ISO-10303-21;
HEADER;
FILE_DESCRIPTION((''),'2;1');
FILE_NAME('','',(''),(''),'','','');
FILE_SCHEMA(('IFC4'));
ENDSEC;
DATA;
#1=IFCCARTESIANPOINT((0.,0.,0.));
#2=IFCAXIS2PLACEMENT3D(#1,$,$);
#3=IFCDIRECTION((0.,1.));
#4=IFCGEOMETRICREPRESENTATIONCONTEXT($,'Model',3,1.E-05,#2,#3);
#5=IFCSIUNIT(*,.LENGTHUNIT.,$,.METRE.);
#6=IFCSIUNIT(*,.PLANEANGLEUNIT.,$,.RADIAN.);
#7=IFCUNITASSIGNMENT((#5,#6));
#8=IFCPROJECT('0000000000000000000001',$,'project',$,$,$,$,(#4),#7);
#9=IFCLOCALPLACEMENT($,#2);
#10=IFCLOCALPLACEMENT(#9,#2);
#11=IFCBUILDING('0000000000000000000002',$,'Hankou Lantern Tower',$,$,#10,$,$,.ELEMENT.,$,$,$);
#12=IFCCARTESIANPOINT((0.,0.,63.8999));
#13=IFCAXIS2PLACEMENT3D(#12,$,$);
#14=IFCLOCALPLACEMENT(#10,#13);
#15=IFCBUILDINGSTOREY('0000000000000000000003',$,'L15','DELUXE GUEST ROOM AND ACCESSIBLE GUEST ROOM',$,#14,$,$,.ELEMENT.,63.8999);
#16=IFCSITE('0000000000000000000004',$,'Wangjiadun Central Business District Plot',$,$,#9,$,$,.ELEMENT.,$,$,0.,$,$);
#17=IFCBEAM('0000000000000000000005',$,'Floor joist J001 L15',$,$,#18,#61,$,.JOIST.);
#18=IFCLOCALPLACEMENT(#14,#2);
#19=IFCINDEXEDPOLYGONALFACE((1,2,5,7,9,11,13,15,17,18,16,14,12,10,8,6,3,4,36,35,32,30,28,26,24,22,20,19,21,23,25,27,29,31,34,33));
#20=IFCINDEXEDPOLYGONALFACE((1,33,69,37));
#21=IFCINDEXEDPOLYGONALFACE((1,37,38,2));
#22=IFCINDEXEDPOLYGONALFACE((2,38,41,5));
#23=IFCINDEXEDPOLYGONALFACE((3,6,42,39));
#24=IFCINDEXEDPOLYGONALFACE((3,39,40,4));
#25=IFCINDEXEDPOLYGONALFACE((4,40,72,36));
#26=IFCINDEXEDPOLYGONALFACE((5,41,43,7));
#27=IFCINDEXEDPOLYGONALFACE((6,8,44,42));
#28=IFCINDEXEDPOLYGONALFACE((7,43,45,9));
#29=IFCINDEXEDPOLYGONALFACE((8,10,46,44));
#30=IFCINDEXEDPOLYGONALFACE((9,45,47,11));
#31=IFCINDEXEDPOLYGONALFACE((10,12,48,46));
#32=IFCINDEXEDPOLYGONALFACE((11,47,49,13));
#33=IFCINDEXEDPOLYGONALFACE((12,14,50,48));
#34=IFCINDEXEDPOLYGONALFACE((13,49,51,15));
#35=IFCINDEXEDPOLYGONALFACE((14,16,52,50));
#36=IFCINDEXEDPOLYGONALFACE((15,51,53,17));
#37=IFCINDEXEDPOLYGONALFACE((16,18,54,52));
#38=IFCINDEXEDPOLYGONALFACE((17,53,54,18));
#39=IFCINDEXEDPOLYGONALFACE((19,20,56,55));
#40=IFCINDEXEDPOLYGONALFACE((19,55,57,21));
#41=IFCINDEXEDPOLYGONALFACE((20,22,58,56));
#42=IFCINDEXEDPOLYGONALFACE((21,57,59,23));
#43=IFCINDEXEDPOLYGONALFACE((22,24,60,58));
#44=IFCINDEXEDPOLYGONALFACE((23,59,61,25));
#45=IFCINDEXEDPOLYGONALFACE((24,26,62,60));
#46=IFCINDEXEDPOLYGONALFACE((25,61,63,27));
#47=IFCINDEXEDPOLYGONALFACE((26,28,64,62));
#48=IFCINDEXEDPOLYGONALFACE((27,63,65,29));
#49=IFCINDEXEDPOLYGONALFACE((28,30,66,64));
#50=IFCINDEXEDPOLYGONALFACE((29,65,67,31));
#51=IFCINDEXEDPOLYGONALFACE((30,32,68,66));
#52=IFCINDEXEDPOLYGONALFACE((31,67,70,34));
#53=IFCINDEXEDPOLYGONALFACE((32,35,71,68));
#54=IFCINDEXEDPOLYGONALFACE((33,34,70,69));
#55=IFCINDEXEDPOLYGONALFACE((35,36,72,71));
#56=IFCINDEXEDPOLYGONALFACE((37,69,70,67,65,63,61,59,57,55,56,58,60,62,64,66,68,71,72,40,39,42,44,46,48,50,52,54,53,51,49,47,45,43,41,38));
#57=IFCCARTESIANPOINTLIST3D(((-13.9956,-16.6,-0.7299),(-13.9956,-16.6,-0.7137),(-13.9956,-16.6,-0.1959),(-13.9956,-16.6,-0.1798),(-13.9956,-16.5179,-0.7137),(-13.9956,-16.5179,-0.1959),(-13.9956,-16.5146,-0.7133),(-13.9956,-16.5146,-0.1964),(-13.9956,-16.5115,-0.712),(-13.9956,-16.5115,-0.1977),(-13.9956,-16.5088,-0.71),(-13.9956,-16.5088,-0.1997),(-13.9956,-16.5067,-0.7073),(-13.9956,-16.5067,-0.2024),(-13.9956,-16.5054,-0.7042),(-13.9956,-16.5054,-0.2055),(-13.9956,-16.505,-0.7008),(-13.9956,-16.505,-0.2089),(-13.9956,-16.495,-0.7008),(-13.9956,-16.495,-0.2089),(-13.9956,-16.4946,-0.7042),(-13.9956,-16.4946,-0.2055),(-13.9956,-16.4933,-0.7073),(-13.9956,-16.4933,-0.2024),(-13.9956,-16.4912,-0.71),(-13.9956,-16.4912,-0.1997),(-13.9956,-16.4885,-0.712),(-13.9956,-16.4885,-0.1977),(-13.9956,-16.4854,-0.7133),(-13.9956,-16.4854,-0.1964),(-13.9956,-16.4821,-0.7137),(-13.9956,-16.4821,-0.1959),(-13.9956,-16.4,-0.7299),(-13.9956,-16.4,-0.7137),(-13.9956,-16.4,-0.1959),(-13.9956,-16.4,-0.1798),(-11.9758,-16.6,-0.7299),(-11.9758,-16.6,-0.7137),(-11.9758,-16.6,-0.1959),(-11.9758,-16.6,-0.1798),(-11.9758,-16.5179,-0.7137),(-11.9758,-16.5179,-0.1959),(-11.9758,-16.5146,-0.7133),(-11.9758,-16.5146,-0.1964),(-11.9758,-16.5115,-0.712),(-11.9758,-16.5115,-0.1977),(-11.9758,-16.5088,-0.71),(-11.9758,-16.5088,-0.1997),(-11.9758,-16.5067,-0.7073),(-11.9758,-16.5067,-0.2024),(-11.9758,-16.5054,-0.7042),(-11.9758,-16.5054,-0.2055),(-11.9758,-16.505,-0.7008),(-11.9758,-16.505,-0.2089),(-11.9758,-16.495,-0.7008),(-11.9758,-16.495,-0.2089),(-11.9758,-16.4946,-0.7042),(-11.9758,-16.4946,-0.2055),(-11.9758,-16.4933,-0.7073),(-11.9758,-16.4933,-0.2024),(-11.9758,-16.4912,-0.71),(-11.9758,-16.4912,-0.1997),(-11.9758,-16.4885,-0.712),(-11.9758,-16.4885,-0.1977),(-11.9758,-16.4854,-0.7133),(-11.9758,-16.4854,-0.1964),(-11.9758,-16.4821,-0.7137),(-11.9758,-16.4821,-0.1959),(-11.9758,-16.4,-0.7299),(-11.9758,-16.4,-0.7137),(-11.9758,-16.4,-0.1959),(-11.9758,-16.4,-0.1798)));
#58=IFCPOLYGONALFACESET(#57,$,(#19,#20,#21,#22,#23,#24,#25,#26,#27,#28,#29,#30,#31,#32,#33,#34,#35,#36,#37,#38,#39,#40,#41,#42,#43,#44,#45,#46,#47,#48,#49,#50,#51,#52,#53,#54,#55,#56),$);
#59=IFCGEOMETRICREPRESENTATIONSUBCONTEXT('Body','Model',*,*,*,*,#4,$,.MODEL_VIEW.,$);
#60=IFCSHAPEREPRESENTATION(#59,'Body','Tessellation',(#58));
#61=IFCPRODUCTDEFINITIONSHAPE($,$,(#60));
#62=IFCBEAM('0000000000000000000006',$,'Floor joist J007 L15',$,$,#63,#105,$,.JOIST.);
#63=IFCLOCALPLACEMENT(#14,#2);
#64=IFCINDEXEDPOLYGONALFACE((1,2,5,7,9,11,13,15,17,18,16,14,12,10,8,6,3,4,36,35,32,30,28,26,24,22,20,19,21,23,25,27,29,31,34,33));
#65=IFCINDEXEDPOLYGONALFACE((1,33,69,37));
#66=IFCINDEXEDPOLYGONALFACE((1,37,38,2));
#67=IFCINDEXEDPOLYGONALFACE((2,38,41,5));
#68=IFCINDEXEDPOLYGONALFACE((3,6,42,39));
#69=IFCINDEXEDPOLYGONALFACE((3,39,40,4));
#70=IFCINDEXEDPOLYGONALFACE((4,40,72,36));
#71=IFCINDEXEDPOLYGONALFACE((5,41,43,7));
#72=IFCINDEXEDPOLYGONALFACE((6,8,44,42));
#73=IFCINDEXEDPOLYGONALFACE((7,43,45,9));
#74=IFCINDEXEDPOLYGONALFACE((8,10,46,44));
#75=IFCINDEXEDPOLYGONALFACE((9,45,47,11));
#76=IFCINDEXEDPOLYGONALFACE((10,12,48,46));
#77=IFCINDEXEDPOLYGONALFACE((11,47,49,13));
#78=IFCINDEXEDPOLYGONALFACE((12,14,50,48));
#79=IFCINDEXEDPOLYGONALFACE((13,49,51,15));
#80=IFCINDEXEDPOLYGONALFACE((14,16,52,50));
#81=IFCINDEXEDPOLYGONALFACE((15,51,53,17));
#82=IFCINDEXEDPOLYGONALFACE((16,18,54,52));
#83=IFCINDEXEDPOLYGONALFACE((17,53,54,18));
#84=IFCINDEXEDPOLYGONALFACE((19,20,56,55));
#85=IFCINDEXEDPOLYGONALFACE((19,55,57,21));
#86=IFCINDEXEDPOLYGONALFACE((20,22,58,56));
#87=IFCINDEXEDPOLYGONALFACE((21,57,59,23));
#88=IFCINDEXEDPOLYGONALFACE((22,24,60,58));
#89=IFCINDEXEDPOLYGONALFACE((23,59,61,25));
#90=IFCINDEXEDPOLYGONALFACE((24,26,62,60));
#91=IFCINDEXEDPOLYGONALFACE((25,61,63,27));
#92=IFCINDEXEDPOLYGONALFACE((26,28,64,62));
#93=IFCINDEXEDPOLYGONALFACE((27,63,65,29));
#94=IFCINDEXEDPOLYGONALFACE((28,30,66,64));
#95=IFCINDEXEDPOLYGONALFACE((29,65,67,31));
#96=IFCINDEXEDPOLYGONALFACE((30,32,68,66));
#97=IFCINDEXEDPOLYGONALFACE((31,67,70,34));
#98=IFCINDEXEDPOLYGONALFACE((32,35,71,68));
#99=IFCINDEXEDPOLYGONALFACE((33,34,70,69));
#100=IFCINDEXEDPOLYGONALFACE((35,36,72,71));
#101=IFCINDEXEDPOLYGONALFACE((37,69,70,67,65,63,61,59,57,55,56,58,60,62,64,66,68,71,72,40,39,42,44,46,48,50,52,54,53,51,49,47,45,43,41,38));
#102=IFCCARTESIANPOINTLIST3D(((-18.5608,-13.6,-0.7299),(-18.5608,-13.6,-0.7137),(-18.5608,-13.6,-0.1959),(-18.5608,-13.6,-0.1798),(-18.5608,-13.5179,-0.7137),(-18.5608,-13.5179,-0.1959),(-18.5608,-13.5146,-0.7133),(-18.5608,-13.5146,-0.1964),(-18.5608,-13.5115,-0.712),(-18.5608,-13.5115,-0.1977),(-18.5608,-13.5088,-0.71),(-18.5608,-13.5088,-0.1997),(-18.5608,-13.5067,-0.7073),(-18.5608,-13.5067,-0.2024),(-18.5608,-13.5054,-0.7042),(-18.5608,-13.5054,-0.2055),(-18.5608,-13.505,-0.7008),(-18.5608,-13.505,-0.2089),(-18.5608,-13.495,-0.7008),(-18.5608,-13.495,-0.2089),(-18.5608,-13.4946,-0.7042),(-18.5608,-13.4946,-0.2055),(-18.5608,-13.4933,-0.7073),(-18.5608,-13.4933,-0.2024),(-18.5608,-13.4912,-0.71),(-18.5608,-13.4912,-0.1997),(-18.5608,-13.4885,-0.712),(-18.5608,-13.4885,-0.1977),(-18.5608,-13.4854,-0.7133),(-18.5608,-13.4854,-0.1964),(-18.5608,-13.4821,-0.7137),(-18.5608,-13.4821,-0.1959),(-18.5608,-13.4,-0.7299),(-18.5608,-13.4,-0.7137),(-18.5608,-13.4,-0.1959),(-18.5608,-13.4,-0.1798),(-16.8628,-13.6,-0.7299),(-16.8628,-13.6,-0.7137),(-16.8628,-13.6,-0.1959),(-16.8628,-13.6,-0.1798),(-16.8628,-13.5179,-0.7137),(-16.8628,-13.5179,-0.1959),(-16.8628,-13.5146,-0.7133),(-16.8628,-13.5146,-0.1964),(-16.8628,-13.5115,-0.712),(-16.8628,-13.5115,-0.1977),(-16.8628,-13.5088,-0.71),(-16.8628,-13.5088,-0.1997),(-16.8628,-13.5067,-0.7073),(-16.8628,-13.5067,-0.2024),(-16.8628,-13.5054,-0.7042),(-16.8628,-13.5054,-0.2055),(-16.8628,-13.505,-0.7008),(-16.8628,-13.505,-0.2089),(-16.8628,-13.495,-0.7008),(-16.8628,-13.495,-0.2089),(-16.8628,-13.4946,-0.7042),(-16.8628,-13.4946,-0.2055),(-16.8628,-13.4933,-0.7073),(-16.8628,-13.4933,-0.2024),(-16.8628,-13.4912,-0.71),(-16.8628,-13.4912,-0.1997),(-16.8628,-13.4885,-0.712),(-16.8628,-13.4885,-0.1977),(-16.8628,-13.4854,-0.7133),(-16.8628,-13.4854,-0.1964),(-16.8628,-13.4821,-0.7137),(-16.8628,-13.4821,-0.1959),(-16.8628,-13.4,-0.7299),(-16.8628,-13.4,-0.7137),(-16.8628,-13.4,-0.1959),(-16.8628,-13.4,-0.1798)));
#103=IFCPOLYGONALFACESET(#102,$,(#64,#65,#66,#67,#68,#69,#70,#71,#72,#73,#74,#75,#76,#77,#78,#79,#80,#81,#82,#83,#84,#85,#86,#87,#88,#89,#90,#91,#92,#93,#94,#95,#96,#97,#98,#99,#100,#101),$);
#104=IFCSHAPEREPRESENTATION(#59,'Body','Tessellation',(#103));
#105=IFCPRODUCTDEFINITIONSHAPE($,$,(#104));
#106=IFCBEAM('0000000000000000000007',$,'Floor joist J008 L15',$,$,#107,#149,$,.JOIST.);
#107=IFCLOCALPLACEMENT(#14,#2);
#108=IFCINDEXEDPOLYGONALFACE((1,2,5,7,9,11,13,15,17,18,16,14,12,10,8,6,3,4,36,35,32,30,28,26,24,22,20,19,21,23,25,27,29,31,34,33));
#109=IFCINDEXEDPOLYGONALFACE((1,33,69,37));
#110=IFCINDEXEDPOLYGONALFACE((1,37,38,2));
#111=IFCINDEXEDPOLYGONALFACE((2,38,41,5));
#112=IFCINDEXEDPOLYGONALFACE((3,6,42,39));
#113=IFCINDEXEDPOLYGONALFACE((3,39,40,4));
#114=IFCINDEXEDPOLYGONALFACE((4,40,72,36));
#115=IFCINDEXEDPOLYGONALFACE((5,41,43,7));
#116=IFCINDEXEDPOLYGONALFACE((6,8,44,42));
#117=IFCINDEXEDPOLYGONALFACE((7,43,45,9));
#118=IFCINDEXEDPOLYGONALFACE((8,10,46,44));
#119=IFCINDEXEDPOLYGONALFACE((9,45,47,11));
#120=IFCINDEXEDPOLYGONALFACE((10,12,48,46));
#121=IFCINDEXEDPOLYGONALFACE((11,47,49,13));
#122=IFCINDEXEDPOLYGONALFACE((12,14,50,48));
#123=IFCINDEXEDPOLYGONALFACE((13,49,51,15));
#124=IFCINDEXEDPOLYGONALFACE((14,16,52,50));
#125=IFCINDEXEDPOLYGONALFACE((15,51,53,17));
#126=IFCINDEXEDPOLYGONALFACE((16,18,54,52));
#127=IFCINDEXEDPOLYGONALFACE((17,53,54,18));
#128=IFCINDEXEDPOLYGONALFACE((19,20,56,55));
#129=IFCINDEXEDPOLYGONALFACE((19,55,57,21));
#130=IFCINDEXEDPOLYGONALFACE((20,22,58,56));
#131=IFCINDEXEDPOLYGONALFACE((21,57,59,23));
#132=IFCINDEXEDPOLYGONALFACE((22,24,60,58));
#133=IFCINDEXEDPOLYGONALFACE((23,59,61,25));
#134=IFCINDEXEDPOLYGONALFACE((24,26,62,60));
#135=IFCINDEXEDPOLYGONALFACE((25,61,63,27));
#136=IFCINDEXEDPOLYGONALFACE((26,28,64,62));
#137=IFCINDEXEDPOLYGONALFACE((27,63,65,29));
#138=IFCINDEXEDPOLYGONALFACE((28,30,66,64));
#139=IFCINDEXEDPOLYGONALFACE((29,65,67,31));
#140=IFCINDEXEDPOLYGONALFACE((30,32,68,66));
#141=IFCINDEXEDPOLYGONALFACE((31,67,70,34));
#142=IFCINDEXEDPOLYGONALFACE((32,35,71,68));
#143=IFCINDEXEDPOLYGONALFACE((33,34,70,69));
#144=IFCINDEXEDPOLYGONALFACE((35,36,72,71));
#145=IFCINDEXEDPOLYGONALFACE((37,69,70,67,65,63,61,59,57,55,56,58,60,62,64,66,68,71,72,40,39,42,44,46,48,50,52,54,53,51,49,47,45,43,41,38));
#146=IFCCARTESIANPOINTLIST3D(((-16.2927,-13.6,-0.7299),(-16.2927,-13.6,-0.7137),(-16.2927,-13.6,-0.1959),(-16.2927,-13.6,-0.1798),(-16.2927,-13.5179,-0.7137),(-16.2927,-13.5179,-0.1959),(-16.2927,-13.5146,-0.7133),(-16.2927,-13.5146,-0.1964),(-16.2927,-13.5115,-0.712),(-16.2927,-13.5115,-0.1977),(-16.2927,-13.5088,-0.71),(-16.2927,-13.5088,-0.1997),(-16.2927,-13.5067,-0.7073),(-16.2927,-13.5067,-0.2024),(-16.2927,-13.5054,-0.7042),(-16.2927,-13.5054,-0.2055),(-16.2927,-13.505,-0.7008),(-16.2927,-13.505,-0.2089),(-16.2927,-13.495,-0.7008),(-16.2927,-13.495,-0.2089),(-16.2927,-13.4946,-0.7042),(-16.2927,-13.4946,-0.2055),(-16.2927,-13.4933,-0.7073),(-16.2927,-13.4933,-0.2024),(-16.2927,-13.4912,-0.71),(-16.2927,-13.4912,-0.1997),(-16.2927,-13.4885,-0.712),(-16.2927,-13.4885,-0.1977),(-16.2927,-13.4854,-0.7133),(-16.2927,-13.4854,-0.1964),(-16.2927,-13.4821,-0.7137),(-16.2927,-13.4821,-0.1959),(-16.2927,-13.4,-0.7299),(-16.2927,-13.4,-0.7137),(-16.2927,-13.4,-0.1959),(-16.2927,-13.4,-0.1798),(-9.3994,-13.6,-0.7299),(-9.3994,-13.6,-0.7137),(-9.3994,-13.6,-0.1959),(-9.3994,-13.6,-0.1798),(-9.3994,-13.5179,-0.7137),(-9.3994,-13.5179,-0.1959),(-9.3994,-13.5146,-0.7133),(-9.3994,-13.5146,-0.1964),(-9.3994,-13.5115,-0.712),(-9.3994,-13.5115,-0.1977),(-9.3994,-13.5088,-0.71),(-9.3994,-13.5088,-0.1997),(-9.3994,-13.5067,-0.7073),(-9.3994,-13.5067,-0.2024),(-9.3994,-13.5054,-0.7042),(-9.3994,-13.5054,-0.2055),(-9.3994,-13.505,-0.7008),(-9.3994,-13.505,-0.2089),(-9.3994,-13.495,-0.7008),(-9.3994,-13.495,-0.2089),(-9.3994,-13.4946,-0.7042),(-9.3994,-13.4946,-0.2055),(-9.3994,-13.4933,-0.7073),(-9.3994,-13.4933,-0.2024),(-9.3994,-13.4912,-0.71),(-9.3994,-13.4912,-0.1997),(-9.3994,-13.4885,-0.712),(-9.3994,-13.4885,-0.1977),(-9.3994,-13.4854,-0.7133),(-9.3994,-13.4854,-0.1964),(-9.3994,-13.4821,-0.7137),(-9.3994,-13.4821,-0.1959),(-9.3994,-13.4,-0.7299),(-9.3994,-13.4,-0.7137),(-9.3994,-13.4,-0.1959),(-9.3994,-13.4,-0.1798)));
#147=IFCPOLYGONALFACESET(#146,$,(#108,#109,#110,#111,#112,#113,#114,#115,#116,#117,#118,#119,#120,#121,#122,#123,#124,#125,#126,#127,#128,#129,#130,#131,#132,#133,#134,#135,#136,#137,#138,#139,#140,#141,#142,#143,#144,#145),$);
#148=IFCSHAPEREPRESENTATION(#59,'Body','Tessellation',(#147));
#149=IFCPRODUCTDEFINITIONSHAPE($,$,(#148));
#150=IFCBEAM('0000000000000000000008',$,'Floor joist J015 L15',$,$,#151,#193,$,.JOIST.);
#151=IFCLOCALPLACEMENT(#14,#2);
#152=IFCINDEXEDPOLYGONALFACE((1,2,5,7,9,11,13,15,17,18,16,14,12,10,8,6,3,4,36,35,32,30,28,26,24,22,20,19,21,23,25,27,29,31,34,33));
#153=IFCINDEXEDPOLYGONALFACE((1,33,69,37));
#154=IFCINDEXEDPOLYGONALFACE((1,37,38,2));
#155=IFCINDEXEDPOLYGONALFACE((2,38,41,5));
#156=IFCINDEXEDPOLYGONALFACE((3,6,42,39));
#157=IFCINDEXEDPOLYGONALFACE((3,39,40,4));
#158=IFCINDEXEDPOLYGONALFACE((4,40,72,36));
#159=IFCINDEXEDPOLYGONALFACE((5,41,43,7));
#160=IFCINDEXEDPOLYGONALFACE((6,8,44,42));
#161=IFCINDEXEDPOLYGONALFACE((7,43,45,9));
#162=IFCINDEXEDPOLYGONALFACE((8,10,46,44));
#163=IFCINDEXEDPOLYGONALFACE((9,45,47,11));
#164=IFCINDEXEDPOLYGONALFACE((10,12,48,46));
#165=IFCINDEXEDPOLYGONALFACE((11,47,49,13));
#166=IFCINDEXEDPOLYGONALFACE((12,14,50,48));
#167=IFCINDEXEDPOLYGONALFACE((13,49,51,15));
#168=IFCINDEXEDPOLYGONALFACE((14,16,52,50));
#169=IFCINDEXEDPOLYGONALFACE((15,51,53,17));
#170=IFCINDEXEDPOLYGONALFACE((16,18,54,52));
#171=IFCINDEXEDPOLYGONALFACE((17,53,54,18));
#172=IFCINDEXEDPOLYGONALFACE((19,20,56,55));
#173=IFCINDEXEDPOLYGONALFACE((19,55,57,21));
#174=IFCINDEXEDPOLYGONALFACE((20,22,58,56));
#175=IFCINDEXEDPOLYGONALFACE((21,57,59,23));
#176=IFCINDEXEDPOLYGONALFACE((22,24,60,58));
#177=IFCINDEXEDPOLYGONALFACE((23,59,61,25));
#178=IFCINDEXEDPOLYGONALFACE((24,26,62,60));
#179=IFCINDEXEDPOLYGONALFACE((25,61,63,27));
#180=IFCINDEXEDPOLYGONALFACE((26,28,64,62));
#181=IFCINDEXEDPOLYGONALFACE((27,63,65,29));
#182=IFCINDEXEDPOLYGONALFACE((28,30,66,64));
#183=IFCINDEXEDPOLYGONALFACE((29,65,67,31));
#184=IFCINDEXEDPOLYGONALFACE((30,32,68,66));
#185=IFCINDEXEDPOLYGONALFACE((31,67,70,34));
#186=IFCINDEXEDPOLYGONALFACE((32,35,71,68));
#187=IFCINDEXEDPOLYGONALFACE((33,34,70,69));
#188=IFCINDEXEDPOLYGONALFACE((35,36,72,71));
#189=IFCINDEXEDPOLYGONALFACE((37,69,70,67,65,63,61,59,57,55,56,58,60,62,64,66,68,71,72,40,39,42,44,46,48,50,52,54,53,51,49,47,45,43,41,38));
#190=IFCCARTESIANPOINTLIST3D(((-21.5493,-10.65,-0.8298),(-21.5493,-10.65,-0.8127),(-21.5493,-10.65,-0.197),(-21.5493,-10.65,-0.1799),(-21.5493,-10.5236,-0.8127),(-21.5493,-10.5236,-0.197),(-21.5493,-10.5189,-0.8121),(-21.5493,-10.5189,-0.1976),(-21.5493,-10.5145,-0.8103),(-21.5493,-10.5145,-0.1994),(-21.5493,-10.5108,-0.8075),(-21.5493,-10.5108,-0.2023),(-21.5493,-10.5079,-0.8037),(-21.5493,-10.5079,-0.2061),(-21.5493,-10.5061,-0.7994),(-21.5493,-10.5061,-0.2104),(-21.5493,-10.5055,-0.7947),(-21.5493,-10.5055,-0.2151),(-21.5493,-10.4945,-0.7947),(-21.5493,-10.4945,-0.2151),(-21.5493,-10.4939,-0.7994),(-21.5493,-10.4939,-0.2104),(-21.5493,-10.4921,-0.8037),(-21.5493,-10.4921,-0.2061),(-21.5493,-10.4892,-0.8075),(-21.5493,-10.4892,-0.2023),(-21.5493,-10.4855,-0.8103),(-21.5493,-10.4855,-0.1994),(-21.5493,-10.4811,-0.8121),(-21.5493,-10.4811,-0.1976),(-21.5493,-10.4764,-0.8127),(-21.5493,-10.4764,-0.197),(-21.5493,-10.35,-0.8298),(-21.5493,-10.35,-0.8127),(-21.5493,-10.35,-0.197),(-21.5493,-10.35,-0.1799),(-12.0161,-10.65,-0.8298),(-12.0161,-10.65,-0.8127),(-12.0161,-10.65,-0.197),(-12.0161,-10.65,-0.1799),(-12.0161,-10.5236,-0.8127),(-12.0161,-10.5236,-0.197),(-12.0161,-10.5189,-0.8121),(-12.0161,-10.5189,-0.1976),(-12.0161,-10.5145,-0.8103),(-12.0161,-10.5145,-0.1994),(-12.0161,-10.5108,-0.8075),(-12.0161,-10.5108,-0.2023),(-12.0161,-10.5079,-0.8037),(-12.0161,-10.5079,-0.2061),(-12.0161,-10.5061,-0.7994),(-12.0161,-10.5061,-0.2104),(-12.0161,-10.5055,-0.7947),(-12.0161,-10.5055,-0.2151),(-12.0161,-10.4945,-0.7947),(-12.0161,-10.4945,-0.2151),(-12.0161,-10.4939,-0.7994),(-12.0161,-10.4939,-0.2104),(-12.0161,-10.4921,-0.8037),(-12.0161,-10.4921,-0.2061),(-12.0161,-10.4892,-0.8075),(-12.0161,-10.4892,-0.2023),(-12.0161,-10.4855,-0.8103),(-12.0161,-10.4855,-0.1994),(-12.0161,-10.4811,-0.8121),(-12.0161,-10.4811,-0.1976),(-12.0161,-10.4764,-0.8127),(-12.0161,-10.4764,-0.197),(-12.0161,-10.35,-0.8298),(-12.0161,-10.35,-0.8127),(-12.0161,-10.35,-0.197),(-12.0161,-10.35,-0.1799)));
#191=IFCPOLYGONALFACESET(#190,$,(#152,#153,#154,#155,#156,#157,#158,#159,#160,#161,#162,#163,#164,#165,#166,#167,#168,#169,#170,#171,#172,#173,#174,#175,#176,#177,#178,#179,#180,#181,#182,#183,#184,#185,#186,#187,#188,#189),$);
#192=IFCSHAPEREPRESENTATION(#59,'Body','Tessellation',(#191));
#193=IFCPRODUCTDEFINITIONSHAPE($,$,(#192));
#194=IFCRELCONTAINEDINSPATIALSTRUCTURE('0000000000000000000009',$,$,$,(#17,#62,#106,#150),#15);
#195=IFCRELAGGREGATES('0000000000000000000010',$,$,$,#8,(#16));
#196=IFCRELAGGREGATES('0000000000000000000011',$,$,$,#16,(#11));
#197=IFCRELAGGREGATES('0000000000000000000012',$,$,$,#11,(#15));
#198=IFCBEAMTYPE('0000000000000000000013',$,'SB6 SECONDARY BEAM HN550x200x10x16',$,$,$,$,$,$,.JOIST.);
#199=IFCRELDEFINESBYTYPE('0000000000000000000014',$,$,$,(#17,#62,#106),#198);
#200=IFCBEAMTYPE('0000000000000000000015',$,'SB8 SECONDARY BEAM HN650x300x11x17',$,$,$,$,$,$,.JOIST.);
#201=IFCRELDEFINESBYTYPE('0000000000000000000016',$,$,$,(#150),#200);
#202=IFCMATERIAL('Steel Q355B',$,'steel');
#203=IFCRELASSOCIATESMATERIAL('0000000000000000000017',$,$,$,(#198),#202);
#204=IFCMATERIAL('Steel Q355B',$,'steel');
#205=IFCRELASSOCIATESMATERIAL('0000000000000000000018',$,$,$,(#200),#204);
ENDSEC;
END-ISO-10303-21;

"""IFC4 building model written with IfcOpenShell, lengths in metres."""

from ifc_helpers import new_model, si_unit, direction, frame, origin, origin_2d, place, context, subcontext, project, spatial, i_section, extrude, material, material_profile, profile_set, type_object, element, save


model = new_model("IFC4")

# Units and contexts
model_context = context("Model", 3, precision=1e-05, world=origin(), true_north=direction((0.0, 1.0)))
body_context = subcontext(model_context, "Body", "Model", "MODEL_VIEW")
ifc_project = project(units=[si_unit("LENGTHUNIT", "METRE"), si_unit("PLANEANGLEUNIT", "RADIAN")], contexts=[model_context])

# Site, building, storey
site_placement = place(None, origin())
site = spatial("IfcSite", under=ifc_project, at=site_placement, Name="Wangjiadun Central Business District Plot", CompositionType="ELEMENT", RefElevation=0.0)
building_placement = place(site_placement, origin())
building = spatial("IfcBuilding", under=site, at=building_placement, Name="Hankou Lantern Tower", CompositionType="ELEMENT")
storey_placement = place(building_placement, frame((0.0, 0.0, 63.8999)))
storey = spatial("IfcBuildingStorey", under=building, at=storey_placement, Name="L15", Description="DELUXE GUEST ROOM AND ACCESSIBLE GUEST ROOM", CompositionType="ELEMENT", Elevation=63.8999)

# Beams
ifc_material_1 = material(Name="Steel Q355B", Category="steel")
ifc_material_profile_1 = material_profile(ifc_material_1, i_section(OverallWidth=0.2, OverallDepth=0.55, WebThickness=0.01, FlangeThickness=0.0161, FilletRadius=0.0129, at=origin_2d()), Name="HN550x200x10x16")
ifc_profile_set_1 = profile_set([ifc_material_profile_1], Name="Steel Q355B")
beam_type_1 = type_object("IfcBeamType", Name="SB6 SECONDARY BEAM HN550x200x10x16", PredefinedType="JOIST", material=ifc_profile_set_1)
beam_1_placement = place(storey_placement, frame((-13.9956, -16.5, -0.4548), z_axis=(1.0, 0.0, 0.0), x_axis=(0.0, 1.0, 0.0)))
element("IfcBeam", 1, at=beam_1_placement, inside=storey, type_object=beam_type_1, Name="Floor joist J001 L15", PredefinedType="JOIST", context=body_context, shape_type="SweptSolid", body=[
    extrude(i_section(OverallWidth=0.2, OverallDepth=0.55, WebThickness=0.01, FlangeThickness=0.0161, FilletRadius=0.0129, at=origin_2d()), origin(), (0.0, 0.0, 1.0), 2.0198),
])
beam_2_placement = place(storey_placement, frame((-18.5608, -13.5, -0.4548), z_axis=(1.0, 0.0, 0.0), x_axis=(0.0, 1.0, 0.0)))
element("IfcBeam", 2, at=beam_2_placement, inside=storey, type_object=beam_type_1, Name="Floor joist J007 L15", PredefinedType="JOIST", context=body_context, shape_type="SweptSolid", body=[
    extrude(i_section(OverallWidth=0.2, OverallDepth=0.55, WebThickness=0.01, FlangeThickness=0.0161, FilletRadius=0.0129, at=origin_2d()), origin(), (0.0, 0.0, 1.0), 1.698),
])
beam_3_placement = place(storey_placement, frame((-16.2927, -13.5, -0.4548), z_axis=(1.0, 0.0, 0.0), x_axis=(0.0, 1.0, 0.0)))
element("IfcBeam", 3, at=beam_3_placement, inside=storey, type_object=beam_type_1, Name="Floor joist J008 L15", PredefinedType="JOIST", context=body_context, shape_type="SweptSolid", body=[
    extrude(i_section(OverallWidth=0.2, OverallDepth=0.55, WebThickness=0.01, FlangeThickness=0.0161, FilletRadius=0.0129, at=origin_2d()), origin(), (0.0, 0.0, 1.0), 6.8933),
])
ifc_material_2 = material(Name="Steel Q355B", Category="steel")
ifc_material_profile_2 = material_profile(ifc_material_2, i_section(OverallWidth=0.3, OverallDepth=0.6499, WebThickness=0.011, FlangeThickness=0.0171, FilletRadius=0.0181, at=origin_2d()), Name="HN650x300x11x17")
ifc_profile_set_2 = profile_set([ifc_material_profile_2], Name="Steel Q355B")
beam_type_2 = type_object("IfcBeamType", Name="SB8 SECONDARY BEAM HN650x300x11x17", PredefinedType="JOIST", material=ifc_profile_set_2)
beam_4_placement = place(storey_placement, frame((-21.5493, -10.5, -0.5049), z_axis=(1.0, 0.0, 0.0), x_axis=(0.0, 1.0, 0.0)))
element("IfcBeam", 4, at=beam_4_placement, inside=storey, type_object=beam_type_2, Name="Floor joist J015 L15", PredefinedType="JOIST", context=body_context, shape_type="SweptSolid", body=[
    extrude(i_section(OverallWidth=0.3, OverallDepth=0.6499, WebThickness=0.011, FlangeThickness=0.0171, FilletRadius=0.0181, at=origin_2d()), origin(), (0.0, 0.0, 1.0), 9.5332),
])

save(model, "model.ifc")
